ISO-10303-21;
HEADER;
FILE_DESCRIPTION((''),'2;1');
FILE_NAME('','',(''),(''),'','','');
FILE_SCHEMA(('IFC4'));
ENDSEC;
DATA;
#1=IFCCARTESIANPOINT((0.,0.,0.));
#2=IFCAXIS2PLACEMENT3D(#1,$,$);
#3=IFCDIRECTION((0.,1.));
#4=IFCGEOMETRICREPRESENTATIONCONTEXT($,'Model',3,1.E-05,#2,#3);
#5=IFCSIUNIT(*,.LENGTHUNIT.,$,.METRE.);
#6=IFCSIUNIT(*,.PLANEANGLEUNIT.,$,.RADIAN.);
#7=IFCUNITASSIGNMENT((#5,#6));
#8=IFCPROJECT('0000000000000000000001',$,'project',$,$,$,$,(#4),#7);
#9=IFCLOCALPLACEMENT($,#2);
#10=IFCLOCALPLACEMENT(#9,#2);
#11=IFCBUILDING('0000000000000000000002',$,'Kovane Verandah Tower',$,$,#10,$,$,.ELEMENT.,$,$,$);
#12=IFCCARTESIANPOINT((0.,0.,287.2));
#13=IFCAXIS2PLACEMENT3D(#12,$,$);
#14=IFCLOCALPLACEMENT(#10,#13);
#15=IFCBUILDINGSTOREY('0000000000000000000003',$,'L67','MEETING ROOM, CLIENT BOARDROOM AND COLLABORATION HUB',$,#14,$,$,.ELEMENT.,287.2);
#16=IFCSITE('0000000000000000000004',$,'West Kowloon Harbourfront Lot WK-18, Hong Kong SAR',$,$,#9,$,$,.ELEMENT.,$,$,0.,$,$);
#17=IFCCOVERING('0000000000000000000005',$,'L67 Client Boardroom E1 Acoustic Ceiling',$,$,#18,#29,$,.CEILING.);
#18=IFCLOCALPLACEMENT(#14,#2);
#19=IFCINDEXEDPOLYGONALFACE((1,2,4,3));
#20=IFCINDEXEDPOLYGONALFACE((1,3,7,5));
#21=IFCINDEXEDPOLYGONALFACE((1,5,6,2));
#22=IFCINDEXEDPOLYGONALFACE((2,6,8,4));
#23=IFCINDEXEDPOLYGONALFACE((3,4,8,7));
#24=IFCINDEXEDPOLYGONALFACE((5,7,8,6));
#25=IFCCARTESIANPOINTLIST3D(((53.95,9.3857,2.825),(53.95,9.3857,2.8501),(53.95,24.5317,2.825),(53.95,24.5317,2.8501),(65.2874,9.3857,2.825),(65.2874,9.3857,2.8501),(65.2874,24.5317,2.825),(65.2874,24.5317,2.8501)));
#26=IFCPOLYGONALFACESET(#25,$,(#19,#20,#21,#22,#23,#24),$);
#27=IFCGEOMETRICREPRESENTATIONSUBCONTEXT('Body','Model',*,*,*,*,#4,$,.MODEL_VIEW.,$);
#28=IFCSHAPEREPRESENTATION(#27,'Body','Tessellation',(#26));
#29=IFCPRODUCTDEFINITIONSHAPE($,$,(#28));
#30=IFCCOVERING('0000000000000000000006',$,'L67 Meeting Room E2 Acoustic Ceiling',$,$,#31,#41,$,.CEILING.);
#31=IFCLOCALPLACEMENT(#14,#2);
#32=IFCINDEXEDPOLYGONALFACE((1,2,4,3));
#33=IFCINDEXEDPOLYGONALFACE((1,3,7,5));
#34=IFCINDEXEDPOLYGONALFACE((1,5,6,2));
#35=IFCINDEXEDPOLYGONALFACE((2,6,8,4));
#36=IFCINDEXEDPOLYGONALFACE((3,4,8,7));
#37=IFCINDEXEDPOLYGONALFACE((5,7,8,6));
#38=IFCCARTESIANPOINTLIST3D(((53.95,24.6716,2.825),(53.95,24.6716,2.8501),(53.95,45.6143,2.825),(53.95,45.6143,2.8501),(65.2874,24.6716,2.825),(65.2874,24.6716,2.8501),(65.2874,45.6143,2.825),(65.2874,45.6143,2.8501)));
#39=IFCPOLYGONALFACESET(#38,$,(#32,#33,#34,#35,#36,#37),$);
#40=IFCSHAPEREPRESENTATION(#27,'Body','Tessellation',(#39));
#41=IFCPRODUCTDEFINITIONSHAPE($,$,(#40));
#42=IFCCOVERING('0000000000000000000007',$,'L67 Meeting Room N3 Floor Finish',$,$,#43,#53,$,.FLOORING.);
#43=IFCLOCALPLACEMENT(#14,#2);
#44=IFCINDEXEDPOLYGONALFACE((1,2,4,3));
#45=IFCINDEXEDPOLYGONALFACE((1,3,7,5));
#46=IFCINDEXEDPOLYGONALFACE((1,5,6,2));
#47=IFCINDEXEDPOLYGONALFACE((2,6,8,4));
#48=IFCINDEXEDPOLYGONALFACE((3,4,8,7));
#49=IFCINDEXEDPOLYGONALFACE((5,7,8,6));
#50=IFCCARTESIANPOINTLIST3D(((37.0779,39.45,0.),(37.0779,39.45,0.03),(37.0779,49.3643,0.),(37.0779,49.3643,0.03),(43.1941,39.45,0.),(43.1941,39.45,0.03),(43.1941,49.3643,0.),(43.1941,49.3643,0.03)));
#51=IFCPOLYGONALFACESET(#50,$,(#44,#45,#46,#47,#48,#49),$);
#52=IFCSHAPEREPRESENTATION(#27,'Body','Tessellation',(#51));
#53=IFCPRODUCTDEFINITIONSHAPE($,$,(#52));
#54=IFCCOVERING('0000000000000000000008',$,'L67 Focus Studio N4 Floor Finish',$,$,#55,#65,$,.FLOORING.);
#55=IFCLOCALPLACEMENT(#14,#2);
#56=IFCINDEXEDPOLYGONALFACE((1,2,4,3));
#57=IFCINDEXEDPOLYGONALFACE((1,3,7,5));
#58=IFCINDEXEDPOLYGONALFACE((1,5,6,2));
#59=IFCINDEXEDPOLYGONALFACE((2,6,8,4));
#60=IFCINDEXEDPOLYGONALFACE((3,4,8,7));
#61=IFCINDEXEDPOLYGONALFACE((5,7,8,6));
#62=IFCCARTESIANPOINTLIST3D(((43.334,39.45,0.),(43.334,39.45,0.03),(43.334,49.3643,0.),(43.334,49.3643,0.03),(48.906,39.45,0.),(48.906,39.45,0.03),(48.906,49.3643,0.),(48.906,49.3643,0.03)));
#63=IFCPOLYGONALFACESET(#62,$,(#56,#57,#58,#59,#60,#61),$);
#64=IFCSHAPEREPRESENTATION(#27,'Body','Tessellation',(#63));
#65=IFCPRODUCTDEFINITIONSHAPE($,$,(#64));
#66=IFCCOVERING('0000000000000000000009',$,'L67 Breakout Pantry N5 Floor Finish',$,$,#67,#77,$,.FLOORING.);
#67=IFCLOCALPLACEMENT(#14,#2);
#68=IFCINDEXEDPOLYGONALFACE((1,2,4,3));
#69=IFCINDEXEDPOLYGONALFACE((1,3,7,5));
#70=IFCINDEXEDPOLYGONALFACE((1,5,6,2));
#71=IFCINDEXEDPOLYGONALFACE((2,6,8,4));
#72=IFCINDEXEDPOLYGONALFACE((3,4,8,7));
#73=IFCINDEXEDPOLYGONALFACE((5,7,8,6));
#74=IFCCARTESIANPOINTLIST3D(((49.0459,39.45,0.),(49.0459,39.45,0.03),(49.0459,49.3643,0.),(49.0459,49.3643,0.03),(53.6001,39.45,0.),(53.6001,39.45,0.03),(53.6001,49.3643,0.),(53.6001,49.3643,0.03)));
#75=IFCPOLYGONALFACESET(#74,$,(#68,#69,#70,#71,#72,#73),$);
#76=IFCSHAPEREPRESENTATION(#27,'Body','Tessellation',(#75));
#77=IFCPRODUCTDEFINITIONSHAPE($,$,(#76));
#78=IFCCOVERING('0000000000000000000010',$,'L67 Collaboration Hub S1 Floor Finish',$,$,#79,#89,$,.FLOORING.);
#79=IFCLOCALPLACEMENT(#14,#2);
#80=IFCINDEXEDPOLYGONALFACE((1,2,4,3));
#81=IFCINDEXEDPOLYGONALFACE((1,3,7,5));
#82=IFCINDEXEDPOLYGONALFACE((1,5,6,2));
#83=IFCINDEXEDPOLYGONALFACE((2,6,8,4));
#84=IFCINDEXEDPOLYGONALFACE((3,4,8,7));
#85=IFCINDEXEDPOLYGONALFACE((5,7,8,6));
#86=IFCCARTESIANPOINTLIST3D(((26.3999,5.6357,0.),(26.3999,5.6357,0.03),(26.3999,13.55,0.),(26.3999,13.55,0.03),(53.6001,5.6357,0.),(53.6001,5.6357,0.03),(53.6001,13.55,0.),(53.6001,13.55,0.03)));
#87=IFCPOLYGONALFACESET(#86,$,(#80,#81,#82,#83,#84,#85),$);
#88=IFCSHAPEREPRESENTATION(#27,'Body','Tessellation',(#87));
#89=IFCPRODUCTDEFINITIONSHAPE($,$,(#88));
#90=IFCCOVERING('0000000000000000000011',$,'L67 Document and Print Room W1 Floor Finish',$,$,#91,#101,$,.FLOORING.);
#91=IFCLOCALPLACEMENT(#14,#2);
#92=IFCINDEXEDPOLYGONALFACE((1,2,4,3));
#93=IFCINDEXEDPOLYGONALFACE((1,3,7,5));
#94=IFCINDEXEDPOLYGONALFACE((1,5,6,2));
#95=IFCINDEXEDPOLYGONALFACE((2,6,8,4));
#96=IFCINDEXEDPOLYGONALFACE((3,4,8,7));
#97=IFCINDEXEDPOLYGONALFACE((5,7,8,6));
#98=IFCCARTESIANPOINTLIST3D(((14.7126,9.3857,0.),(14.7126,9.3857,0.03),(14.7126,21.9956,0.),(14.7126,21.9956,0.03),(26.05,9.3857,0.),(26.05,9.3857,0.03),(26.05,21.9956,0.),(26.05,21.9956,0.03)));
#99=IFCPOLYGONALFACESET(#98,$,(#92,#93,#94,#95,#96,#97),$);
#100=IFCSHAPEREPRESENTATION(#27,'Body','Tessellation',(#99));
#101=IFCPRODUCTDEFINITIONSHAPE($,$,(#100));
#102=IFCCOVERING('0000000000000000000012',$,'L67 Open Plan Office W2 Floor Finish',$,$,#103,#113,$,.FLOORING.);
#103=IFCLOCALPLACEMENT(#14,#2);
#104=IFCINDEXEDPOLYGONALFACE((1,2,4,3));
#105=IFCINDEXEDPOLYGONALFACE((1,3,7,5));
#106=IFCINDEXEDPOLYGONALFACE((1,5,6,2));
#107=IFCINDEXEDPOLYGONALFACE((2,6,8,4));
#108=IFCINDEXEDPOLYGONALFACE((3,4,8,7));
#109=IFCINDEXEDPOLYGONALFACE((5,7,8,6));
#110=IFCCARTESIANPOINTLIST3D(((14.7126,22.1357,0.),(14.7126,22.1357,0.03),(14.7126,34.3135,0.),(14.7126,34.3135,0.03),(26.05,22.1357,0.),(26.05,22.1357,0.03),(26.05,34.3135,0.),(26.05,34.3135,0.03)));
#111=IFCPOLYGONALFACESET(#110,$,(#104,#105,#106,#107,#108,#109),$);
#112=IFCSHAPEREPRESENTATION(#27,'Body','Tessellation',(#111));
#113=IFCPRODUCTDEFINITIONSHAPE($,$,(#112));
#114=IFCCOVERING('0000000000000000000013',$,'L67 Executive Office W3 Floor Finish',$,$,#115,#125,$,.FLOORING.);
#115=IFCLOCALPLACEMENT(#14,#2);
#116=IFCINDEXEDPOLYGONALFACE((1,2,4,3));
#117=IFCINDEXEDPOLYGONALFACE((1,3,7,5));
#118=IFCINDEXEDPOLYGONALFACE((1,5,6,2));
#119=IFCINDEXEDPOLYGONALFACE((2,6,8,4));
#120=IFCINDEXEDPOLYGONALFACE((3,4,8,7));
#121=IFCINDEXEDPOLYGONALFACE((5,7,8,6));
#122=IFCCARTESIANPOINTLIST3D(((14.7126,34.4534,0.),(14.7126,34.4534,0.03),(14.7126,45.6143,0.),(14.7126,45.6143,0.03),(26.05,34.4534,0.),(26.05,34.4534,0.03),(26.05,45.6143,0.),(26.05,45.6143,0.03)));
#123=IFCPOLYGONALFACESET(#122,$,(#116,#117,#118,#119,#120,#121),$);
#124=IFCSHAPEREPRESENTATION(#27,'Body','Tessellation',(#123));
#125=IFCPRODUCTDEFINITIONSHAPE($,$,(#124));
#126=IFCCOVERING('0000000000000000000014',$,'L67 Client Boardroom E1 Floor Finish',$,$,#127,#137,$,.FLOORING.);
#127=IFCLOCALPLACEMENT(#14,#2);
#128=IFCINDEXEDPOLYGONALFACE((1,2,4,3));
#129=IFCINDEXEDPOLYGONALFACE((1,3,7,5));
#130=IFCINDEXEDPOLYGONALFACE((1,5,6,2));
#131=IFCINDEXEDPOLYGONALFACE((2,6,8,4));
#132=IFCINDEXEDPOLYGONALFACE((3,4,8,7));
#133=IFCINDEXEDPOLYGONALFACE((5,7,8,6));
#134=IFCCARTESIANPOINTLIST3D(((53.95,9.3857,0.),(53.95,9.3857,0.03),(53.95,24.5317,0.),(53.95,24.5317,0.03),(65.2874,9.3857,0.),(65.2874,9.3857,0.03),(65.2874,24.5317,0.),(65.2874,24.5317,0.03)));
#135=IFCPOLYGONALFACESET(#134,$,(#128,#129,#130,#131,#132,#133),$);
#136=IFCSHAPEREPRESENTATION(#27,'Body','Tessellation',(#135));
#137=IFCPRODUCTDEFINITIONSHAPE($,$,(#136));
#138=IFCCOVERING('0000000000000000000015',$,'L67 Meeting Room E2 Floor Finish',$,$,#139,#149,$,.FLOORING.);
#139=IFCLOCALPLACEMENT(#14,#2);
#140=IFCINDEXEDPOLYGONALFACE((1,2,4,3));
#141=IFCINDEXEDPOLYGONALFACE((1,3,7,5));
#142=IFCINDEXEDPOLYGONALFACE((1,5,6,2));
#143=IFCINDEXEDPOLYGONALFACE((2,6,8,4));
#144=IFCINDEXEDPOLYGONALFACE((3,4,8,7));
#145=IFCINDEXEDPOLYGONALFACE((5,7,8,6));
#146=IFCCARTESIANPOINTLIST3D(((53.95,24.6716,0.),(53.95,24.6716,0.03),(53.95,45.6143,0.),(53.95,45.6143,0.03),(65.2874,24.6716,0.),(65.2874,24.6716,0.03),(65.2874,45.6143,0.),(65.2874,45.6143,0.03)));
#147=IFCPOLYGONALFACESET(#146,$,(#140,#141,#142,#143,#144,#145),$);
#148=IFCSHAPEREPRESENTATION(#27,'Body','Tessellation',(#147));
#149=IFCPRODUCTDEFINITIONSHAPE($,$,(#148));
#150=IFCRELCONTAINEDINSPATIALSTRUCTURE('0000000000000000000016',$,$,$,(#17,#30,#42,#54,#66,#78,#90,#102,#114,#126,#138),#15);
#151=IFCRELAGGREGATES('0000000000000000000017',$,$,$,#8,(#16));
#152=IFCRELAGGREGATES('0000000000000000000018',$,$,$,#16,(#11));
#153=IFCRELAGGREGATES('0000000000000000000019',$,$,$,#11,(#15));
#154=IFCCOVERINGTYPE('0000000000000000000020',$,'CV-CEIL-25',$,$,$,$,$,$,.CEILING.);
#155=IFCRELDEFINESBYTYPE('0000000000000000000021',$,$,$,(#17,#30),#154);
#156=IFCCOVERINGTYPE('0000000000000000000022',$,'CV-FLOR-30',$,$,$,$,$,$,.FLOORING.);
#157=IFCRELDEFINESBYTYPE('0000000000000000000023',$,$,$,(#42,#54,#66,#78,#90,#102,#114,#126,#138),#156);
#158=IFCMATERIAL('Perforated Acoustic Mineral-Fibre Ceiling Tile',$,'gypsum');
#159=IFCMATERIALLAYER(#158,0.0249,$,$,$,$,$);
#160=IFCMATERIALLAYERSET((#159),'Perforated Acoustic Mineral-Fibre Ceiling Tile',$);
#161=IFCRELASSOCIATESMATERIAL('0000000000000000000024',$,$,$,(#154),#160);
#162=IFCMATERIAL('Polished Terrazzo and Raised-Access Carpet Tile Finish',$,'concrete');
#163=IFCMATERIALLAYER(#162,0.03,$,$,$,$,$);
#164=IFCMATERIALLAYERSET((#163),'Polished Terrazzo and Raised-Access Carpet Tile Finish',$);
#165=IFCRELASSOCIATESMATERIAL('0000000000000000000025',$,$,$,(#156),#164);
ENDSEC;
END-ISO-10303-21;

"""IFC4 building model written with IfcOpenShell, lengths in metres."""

from ifc_helpers import new_model, si_unit, direction, frame, origin, place, context, subcontext, project, spatial, polyline, outline, extrude, material, layer, layer_set, type_object, element, save


model = new_model("IFC4")

# Units and contexts
model_context = context("Model", 3, precision=1e-05, world=origin(), true_north=direction((0.0, 1.0)))
body_context = subcontext(model_context, "Body", "Model", "MODEL_VIEW")
ifc_project = project(units=[si_unit("LENGTHUNIT", "METRE"), si_unit("PLANEANGLEUNIT", "RADIAN")], contexts=[model_context])

# Site, building, storey
site_placement = place(None, origin())
site = spatial("IfcSite", under=ifc_project, at=site_placement, Name="West Kowloon Harbourfront Lot WK-18, Hong Kong SAR", CompositionType="ELEMENT", RefElevation=0.0)
building_placement = place(site_placement, origin())
building = spatial("IfcBuilding", under=site, at=building_placement, Name="Kovane Verandah Tower", CompositionType="ELEMENT")
storey_placement = place(building_placement, frame((0.0, 0.0, 287.2)))
storey = spatial("IfcBuildingStorey", under=building, at=storey_placement, Name="L67", Description="MEETING ROOM, CLIENT BOARDROOM AND COLLABORATION HUB", CompositionType="ELEMENT", Elevation=287.2)

# Coverings
ifc_material_1 = material(Name="Perforated Acoustic Mineral-Fibre Ceiling Tile", Category="gypsum")
ifc_layer_1 = layer(ifc_material_1, 0.0249)
ifc_layer_set_1 = layer_set([ifc_layer_1], Name="Perforated Acoustic Mineral-Fibre Ceiling Tile")
covering_type_1 = type_object("IfcCoveringType", Name="CV-CEIL-25", PredefinedType="CEILING", material=ifc_layer_set_1)
covering_1_placement = place(storey_placement, frame((0.0, 0.0, 2.825)))
element("IfcCovering", 1, at=covering_1_placement, inside=storey, type_object=covering_type_1, Name="L67 Client Boardroom E1 Acoustic Ceiling", PredefinedType="CEILING", context=body_context, shape_type="SweptSolid", body=[
    extrude(outline(polyline([(53.95, 9.3857), (65.2874, 9.3857), (65.2874, 24.5317), (53.95, 24.5317), (53.95, 9.3857)])), origin(), (0.0, 0.0, 1.0), 0.0251),
])
covering_2_placement = place(storey_placement, frame((0.0, 0.0, 2.825)))
element("IfcCovering", 2, at=covering_2_placement, inside=storey, type_object=covering_type_1, Name="L67 Meeting Room E2 Acoustic Ceiling", PredefinedType="CEILING", context=body_context, shape_type="SweptSolid", body=[
    extrude(outline(polyline([(53.95, 24.6716), (65.2874, 24.6716), (65.2874, 45.6143), (53.95, 45.6143), (53.95, 24.6716)])), origin(), (0.0, 0.0, 1.0), 0.0251),
])
ifc_material_2 = material(Name="Polished Terrazzo and Raised-Access Carpet Tile Finish", Category="concrete")
ifc_layer_2 = layer(ifc_material_2, 0.03)
ifc_layer_set_2 = layer_set([ifc_layer_2], Name="Polished Terrazzo and Raised-Access Carpet Tile Finish")
covering_type_2 = type_object("IfcCoveringType", Name="CV-FLOR-30", PredefinedType="FLOORING", material=ifc_layer_set_2)
covering_3_placement = place(storey_placement, origin())
element("IfcCovering", 3, at=covering_3_placement, inside=storey, type_object=covering_type_2, Name="L67 Meeting Room N3 Floor Finish", PredefinedType="FLOORING", context=body_context, shape_type="SweptSolid", body=[
    extrude(outline(polyline([(37.0779, 39.45), (43.1941, 39.45), (43.1941, 49.3643), (37.0779, 49.3643), (37.0779, 39.45)])), origin(), (0.0, 0.0, 1.0), 0.03),
])
covering_4_placement = place(storey_placement, origin())
element("IfcCovering", 4, at=covering_4_placement, inside=storey, type_object=covering_type_2, Name="L67 Focus Studio N4 Floor Finish", PredefinedType="FLOORING", context=body_context, shape_type="SweptSolid", body=[
    extrude(outline(polyline([(43.334, 39.45), (48.906, 39.45), (48.906, 49.3643), (43.334, 49.3643), (43.334, 39.45)])), origin(), (0.0, 0.0, 1.0), 0.03),
])
covering_5_placement = place(storey_placement, origin())
element("IfcCovering", 5, at=covering_5_placement, inside=storey, type_object=covering_type_2, Name="L67 Breakout Pantry N5 Floor Finish", PredefinedType="FLOORING", context=body_context, shape_type="SweptSolid", body=[
    extrude(outline(polyline([(49.0459, 39.45), (53.6001, 39.45), (53.6001, 49.3643), (49.0459, 49.3643), (49.0459, 39.45)])), origin(), (0.0, 0.0, 1.0), 0.03),
])
covering_6_placement = place(storey_placement, origin())
element("IfcCovering", 6, at=covering_6_placement, inside=storey, type_object=covering_type_2, Name="L67 Collaboration Hub S1 Floor Finish", PredefinedType="FLOORING", context=body_context, shape_type="SweptSolid", body=[
    extrude(outline(polyline([(26.3999, 5.6357), (53.6001, 5.6357), (53.6001, 13.55), (26.3999, 13.55), (26.3999, 5.6357)])), origin(), (0.0, 0.0, 1.0), 0.03),
])
covering_7_placement = place(storey_placement, origin())
element("IfcCovering", 7, at=covering_7_placement, inside=storey, type_object=covering_type_2, Name="L67 Document and Print Room W1 Floor Finish", PredefinedType="FLOORING", context=body_context, shape_type="SweptSolid", body=[
    extrude(outline(polyline([(14.7126, 9.3857), (26.05, 9.3857), (26.05, 21.9956), (14.7126, 21.9956), (14.7126, 9.3857)])), origin(), (0.0, 0.0, 1.0), 0.03),
])
covering_8_placement = place(storey_placement, origin())
element("IfcCovering", 8, at=covering_8_placement, inside=storey, type_object=covering_type_2, Name="L67 Open Plan Office W2 Floor Finish", PredefinedType="FLOORING", context=body_context, shape_type="SweptSolid", body=[
    extrude(outline(polyline([(14.7126, 22.1357), (26.05, 22.1357), (26.05, 34.3135), (14.7126, 34.3135), (14.7126, 22.1357)])), origin(), (0.0, 0.0, 1.0), 0.03),
])
covering_9_placement = place(storey_placement, origin())
element("IfcCovering", 9, at=covering_9_placement, inside=storey, type_object=covering_type_2, Name="L67 Executive Office W3 Floor Finish", PredefinedType="FLOORING", context=body_context, shape_type="SweptSolid", body=[
    extrude(outline(polyline([(14.7126, 34.4534), (26.05, 34.4534), (26.05, 45.6143), (14.7126, 45.6143), (14.7126, 34.4534)])), origin(), (0.0, 0.0, 1.0), 0.03),
])
covering_10_placement = place(storey_placement, origin())
element("IfcCovering", 10, at=covering_10_placement, inside=storey, type_object=covering_type_2, Name="L67 Client Boardroom E1 Floor Finish", PredefinedType="FLOORING", context=body_context, shape_type="SweptSolid", body=[
    extrude(outline(polyline([(53.95, 9.3857), (65.2874, 9.3857), (65.2874, 24.5317), (53.95, 24.5317), (53.95, 9.3857)])), origin(), (0.0, 0.0, 1.0), 0.03),
])
covering_11_placement = place(storey_placement, origin())
element("IfcCovering", 11, at=covering_11_placement, inside=storey, type_object=covering_type_2, Name="L67 Meeting Room E2 Floor Finish", PredefinedType="FLOORING", context=body_context, shape_type="SweptSolid", body=[
    extrude(outline(polyline([(53.95, 24.6716), (65.2874, 24.6716), (65.2874, 45.6143), (53.95, 45.6143), (53.95, 24.6716)])), origin(), (0.0, 0.0, 1.0), 0.03),
])

save(model, "model.ifc")
